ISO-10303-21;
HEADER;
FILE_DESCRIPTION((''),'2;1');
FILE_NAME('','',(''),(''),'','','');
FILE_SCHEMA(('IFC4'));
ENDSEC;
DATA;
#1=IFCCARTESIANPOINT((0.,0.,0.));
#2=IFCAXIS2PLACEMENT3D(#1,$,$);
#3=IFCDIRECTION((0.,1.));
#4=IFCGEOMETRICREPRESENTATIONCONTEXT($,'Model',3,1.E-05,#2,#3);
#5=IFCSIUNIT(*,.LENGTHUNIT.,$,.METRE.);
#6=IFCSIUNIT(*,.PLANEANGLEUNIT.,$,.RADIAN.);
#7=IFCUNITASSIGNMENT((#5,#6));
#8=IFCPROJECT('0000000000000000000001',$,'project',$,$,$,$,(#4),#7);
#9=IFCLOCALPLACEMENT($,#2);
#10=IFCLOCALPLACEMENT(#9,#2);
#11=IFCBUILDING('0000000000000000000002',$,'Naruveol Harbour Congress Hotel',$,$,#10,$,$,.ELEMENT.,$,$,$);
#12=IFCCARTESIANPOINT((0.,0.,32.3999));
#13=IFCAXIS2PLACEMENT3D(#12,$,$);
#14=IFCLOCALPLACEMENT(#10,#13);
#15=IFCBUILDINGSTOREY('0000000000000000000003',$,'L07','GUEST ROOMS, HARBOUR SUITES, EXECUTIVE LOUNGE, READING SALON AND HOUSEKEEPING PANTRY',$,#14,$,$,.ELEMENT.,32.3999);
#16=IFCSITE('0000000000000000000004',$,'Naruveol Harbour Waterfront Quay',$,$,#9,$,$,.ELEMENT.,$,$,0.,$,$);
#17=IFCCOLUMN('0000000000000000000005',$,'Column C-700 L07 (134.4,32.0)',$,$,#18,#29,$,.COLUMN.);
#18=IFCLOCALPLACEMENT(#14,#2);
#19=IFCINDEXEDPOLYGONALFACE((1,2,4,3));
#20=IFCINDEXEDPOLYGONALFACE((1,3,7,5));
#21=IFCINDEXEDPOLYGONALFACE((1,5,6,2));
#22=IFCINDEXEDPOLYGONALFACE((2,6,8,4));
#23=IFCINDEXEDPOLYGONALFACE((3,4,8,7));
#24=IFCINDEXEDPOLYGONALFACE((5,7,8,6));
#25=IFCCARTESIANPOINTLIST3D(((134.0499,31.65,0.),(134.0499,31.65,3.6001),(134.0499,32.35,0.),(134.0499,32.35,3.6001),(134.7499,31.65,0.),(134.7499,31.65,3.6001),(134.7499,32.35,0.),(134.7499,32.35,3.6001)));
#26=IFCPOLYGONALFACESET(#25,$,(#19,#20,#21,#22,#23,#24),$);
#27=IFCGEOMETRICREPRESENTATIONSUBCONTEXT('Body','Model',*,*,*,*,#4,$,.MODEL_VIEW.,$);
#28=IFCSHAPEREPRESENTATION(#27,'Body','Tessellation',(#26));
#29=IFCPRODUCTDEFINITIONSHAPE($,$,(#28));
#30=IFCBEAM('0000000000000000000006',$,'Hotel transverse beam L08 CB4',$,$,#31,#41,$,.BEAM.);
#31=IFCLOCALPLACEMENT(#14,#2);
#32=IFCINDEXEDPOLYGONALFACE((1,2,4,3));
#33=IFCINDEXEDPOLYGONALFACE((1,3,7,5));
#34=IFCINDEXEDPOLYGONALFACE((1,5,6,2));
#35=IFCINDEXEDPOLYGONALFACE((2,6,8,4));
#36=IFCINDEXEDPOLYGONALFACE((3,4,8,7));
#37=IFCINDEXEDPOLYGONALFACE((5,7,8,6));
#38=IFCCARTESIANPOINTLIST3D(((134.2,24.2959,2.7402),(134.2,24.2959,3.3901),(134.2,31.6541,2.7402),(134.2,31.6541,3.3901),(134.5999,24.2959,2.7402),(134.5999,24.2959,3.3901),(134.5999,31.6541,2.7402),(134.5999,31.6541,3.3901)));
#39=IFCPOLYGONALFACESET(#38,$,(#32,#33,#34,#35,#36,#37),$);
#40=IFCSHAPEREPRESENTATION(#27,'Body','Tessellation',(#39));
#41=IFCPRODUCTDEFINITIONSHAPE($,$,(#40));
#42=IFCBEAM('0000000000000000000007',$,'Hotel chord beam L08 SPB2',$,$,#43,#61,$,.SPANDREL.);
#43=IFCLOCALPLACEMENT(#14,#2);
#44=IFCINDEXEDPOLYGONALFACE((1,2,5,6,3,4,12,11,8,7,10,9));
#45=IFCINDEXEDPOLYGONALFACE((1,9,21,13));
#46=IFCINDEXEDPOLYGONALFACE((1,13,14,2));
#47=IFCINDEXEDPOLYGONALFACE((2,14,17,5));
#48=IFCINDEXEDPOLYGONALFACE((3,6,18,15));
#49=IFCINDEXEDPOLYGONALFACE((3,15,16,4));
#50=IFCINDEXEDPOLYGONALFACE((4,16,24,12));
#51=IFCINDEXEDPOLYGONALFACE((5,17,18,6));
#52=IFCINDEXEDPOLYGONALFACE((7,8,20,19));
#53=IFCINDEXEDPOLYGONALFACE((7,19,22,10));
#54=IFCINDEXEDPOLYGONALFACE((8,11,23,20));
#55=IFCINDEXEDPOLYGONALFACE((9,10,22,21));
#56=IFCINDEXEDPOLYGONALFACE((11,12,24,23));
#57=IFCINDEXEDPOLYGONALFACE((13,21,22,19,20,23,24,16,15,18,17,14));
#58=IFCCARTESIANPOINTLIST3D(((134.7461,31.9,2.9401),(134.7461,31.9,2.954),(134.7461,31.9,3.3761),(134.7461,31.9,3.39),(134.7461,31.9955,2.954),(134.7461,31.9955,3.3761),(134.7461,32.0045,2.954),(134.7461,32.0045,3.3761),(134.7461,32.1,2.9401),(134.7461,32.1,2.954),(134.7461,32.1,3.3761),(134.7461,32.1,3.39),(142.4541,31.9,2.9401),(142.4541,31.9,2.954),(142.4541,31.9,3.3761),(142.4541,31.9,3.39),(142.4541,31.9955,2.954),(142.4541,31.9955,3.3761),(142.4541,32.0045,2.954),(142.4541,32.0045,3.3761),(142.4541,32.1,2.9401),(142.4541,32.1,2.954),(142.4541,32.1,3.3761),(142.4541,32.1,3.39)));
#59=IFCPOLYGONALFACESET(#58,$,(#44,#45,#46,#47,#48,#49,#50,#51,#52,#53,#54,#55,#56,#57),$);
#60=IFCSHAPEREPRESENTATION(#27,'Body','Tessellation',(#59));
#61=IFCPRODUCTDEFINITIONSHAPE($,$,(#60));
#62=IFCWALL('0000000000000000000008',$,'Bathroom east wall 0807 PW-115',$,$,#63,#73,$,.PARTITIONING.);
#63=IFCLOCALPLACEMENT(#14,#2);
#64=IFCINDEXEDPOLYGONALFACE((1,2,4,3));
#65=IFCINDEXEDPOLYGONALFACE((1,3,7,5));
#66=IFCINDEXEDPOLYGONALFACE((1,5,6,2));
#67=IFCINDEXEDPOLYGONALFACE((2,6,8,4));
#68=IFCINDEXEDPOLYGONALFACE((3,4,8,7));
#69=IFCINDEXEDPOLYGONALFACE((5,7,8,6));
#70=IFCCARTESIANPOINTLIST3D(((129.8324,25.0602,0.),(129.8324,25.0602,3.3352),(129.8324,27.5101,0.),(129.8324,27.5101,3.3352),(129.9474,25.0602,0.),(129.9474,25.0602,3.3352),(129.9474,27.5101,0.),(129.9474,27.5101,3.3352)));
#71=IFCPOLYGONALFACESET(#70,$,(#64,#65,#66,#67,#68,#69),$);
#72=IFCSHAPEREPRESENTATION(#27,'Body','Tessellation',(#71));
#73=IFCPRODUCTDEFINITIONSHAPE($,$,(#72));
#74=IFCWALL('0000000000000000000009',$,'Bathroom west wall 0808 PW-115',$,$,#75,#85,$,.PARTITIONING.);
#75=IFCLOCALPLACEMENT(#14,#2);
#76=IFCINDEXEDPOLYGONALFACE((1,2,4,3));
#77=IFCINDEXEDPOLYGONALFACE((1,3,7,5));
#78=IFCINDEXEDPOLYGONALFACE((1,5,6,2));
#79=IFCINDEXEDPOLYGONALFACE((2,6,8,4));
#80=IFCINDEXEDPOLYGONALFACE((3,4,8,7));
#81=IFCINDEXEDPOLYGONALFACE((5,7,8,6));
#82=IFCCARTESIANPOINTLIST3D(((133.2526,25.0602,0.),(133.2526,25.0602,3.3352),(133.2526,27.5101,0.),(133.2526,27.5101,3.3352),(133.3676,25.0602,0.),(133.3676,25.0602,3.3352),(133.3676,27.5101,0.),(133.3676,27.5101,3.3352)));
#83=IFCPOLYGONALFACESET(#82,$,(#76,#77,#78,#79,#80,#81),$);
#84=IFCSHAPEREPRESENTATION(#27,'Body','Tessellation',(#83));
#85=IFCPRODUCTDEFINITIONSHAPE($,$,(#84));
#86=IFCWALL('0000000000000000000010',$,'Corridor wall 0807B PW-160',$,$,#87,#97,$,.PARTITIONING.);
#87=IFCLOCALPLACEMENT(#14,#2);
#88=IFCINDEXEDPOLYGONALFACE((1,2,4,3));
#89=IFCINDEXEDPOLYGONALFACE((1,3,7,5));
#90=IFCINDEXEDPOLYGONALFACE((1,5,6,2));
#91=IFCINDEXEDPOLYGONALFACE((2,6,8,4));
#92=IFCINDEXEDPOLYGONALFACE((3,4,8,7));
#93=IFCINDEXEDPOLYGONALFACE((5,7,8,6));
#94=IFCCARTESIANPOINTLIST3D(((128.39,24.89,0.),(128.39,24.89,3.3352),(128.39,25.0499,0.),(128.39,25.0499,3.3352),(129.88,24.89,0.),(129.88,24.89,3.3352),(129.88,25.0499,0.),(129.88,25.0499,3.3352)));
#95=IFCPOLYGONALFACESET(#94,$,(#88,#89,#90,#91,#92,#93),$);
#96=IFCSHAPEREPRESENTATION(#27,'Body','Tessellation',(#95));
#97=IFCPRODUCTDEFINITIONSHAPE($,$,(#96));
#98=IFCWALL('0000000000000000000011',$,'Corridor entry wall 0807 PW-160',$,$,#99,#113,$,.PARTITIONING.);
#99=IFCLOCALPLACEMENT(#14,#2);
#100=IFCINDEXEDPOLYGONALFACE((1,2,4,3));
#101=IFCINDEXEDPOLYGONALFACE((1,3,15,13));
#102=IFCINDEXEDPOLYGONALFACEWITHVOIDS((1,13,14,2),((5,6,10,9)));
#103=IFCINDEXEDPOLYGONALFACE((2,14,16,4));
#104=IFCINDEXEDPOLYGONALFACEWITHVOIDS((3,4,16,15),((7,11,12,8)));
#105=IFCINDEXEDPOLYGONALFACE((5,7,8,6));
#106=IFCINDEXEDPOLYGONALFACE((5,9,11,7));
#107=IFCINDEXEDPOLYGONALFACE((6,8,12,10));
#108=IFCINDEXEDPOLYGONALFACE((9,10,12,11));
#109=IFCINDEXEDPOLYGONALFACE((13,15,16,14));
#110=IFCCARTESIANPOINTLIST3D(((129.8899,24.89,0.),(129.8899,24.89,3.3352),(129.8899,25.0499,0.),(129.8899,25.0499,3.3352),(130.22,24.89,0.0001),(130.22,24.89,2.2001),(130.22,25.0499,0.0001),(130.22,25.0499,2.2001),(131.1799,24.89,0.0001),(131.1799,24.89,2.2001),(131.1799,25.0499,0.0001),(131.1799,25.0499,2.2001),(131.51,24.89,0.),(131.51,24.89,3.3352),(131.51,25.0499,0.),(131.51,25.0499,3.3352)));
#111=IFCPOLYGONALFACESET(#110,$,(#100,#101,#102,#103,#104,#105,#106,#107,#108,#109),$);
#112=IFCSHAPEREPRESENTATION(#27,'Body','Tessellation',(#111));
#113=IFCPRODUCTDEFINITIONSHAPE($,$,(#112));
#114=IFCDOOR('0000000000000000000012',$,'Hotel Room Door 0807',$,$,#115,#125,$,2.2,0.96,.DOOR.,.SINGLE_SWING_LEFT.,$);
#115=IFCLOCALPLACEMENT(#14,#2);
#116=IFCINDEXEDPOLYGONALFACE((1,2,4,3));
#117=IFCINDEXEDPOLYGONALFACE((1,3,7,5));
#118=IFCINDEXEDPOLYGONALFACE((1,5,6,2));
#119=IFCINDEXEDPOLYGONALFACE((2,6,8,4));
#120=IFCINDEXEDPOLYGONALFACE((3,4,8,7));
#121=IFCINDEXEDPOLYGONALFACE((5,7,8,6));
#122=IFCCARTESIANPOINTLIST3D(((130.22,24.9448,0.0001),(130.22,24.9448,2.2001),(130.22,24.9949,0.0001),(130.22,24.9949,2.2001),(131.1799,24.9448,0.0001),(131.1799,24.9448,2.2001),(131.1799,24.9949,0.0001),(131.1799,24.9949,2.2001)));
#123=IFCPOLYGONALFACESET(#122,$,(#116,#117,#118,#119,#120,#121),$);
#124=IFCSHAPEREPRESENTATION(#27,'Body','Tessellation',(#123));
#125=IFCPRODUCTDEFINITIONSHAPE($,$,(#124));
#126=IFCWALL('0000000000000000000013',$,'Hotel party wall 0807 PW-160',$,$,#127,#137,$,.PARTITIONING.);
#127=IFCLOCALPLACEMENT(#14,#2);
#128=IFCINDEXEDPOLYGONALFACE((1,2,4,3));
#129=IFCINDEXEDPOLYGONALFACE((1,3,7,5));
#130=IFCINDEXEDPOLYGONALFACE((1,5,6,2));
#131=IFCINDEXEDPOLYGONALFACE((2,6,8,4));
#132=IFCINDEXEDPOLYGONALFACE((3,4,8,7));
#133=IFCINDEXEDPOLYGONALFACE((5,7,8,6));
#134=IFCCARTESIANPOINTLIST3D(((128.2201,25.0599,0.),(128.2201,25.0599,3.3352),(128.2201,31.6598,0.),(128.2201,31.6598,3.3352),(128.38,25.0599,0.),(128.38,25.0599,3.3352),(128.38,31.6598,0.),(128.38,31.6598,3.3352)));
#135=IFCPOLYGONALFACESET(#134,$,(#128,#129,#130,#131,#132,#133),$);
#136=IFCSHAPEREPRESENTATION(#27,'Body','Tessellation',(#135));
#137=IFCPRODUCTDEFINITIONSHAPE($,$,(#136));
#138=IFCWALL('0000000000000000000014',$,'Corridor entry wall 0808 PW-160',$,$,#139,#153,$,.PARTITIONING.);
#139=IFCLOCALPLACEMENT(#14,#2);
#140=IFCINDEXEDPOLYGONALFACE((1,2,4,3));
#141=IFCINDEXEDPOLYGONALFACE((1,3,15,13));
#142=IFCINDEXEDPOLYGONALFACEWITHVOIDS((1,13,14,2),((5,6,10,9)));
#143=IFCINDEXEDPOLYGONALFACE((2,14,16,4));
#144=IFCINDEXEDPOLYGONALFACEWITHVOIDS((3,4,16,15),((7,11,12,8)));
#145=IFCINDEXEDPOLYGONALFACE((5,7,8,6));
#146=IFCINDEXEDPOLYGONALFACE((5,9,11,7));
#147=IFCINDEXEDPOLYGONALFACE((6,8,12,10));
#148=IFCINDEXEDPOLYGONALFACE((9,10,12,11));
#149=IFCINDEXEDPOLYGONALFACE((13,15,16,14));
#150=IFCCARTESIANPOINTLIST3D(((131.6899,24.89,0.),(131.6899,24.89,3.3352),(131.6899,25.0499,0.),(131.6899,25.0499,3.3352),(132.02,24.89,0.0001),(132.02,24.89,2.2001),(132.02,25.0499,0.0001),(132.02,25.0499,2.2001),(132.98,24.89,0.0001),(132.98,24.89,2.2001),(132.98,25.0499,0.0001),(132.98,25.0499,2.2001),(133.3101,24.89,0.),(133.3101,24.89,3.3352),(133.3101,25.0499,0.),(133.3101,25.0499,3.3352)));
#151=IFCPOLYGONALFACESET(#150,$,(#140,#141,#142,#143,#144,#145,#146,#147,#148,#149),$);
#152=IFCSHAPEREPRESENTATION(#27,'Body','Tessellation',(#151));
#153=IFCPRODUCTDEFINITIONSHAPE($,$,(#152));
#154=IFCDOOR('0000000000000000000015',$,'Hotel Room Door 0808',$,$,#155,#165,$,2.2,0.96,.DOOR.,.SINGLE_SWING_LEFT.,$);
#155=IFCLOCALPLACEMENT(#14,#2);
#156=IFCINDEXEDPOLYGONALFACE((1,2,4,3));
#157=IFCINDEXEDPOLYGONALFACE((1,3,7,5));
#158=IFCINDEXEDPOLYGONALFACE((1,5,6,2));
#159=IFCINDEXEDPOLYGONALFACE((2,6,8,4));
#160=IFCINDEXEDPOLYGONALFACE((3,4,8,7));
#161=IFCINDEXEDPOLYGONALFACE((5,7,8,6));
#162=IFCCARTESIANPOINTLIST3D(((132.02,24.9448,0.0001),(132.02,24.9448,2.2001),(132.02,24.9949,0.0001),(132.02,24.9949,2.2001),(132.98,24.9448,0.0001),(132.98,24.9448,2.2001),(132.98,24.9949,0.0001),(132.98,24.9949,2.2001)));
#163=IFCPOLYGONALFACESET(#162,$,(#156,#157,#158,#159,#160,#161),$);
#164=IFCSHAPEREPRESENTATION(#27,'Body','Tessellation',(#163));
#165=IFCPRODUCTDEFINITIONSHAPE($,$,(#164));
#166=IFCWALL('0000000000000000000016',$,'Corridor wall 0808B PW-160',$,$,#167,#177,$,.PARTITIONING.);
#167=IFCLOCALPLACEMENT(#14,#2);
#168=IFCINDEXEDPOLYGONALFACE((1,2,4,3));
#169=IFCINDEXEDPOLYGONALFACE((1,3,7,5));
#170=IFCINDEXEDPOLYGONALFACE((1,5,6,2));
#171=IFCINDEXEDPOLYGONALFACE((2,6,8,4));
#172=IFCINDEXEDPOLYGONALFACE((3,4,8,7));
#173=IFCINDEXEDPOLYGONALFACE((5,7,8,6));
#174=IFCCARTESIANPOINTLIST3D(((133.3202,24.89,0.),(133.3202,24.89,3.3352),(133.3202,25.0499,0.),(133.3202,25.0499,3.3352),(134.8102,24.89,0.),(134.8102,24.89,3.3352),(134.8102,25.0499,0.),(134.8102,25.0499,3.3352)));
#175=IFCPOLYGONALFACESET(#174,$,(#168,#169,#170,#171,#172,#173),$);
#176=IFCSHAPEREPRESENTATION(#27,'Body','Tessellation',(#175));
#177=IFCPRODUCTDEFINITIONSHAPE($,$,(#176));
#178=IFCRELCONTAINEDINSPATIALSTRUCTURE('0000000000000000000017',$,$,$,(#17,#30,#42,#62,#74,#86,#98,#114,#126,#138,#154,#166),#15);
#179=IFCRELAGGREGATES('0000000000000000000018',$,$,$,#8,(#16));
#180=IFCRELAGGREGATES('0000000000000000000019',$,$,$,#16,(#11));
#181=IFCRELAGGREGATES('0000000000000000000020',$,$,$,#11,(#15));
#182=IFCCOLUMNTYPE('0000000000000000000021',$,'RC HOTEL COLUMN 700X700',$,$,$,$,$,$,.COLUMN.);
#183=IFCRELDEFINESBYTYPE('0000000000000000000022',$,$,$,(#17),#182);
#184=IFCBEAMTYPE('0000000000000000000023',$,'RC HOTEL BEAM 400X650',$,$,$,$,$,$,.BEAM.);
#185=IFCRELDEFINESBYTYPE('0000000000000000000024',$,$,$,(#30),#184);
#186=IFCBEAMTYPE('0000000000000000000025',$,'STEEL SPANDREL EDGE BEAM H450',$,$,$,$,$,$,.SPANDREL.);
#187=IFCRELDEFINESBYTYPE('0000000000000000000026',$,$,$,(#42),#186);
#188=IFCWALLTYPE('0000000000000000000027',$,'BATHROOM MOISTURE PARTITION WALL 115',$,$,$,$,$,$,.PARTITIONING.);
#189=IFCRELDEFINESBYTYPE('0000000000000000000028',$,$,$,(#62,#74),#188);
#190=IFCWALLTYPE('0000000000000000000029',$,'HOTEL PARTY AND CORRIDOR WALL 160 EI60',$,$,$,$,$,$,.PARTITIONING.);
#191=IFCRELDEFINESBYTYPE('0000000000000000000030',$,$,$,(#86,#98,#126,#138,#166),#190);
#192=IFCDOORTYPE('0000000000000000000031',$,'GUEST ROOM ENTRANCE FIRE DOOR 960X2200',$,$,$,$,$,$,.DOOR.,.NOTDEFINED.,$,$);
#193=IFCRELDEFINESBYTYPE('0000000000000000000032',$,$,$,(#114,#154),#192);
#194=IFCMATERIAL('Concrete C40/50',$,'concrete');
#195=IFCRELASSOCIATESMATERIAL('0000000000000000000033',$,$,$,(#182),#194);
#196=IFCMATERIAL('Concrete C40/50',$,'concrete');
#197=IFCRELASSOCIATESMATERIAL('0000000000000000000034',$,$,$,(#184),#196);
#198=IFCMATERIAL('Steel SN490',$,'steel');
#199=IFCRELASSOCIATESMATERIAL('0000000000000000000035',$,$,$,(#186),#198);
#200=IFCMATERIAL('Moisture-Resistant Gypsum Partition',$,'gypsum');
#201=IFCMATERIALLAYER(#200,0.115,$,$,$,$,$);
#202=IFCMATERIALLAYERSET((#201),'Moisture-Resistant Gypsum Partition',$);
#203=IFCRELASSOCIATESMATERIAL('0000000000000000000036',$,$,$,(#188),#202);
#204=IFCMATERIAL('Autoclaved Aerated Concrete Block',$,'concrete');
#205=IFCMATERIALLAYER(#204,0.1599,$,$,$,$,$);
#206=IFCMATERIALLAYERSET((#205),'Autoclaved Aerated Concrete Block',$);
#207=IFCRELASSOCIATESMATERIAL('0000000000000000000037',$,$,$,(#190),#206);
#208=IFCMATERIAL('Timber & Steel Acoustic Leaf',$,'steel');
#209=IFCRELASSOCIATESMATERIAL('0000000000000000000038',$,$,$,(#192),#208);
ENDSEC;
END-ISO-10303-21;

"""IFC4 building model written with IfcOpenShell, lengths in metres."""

from ifc_helpers import new_model, si_unit, direction, frame, frame_2d, origin, origin_2d, place, context, subcontext, project, spatial, rectangle, i_section, extrude, material, layer, layer_set, material_profile, profile_set, type_object, element, fill, save


model = new_model("IFC4")

# Units and contexts
model_context = context("Model", 3, precision=1e-05, world=origin(), true_north=direction((0.0, 1.0)))
body_context = subcontext(model_context, "Body", "Model", "MODEL_VIEW")
ifc_project = project(units=[si_unit("LENGTHUNIT", "METRE"), si_unit("PLANEANGLEUNIT", "RADIAN")], contexts=[model_context])

# Site, building, storey
site_placement = place(None, origin())
site = spatial("IfcSite", under=ifc_project, at=site_placement, Name="Naruveol Harbour Waterfront Quay", CompositionType="ELEMENT", RefElevation=0.0)
building_placement = place(site_placement, origin())
building = spatial("IfcBuilding", under=site, at=building_placement, Name="Naruveol Harbour Congress Hotel", CompositionType="ELEMENT")
storey_placement = place(building_placement, frame((0.0, 0.0, 32.3999)))
storey = spatial("IfcBuildingStorey", under=building, at=storey_placement, Name="L07", Description="GUEST ROOMS, HARBOUR SUITES, EXECUTIVE LOUNGE, READING SALON AND HOUSEKEEPING PANTRY", CompositionType="ELEMENT", Elevation=32.3999)

# Column
ifc_material_1 = material(Name="Concrete C40/50", Category="concrete")
ifc_material_profile_1 = material_profile(ifc_material_1, rectangle(XDim=0.7, YDim=0.7, at=origin_2d()), Name="RC-700x700")
ifc_profile_set_1 = profile_set([ifc_material_profile_1], Name="Concrete C40/50")
column_type = type_object("IfcColumnType", Name="RC HOTEL COLUMN 700X700", PredefinedType="COLUMN", material=ifc_profile_set_1)
column_placement = place(storey_placement, frame((134.3999, 32.0, 0.0), z_axis=(0.0, 0.0, 1.0), x_axis=(1.0, 0.0, 0.0)))
element("IfcColumn", 1, at=column_placement, inside=storey, type_object=column_type, Name="Column C-700 L07 (134.4,32.0)", PredefinedType="COLUMN", context=body_context, shape_type="SweptSolid", body=[
    extrude(rectangle(XDim=0.7, YDim=0.7, at=origin_2d()), origin(), (0.0, 0.0, 1.0), 3.6001),
])

# Beams
ifc_material_2 = material(Name="Concrete C40/50", Category="concrete")
ifc_material_profile_2 = material_profile(ifc_material_2, rectangle(XDim=0.3999, YDim=0.6499, at=origin_2d()), Name="RCB-400x650")
ifc_profile_set_2 = profile_set([ifc_material_profile_2], Name="Concrete C40/50")
beam_type_1 = type_object("IfcBeamType", Name="RC HOTEL BEAM 400X650", PredefinedType="BEAM", material=ifc_profile_set_2)
beam_1_placement = place(storey_placement, frame((134.3999, 24.2959, 3.0652), z_axis=(0.0, 1.0, 0.0), x_axis=(-1.0, 0.0, 0.0)))
element("IfcBeam", 2, at=beam_1_placement, inside=storey, type_object=beam_type_1, Name="Hotel transverse beam L08 CB4", PredefinedType="BEAM", context=body_context, shape_type="SweptSolid", body=[
    extrude(rectangle(XDim=0.3999, YDim=0.6499, at=origin_2d()), origin(), (0.0, 0.0, 1.0), 7.3582),
])
ifc_material_3 = material(Name="Steel SN490", Category="steel")
ifc_material_profile_3 = material_profile(ifc_material_3, i_section(OverallWidth=0.2, OverallDepth=0.45, WebThickness=0.009, FlangeThickness=0.0139, at=origin_2d()), Name="H-450x200x9x14")
ifc_profile_set_3 = profile_set([ifc_material_profile_3], Name="Steel SN490")
beam_type_2 = type_object("IfcBeamType", Name="STEEL SPANDREL EDGE BEAM H450", PredefinedType="SPANDREL", material=ifc_profile_set_3)
beam_2_placement = place(storey_placement, frame((134.7461, 32.0, 3.165), z_axis=(1.0, 0.0, 0.0), x_axis=(0.0, 1.0, 0.0)))
element("IfcBeam", 3, at=beam_2_placement, inside=storey, type_object=beam_type_2, Name="Hotel chord beam L08 SPB2", PredefinedType="SPANDREL", context=body_context, shape_type="SweptSolid", body=[
    extrude(i_section(OverallWidth=0.2, OverallDepth=0.45, WebThickness=0.009, FlangeThickness=0.0139, at=origin_2d()), origin(), (0.0, 0.0, 1.0), 7.708),
])

# Wall
ifc_material_4 = material(Name="Moisture-Resistant Gypsum Partition", Category="gypsum")
ifc_layer_1 = layer(ifc_material_4, 0.115)
ifc_layer_set_1 = layer_set([ifc_layer_1], Name="Moisture-Resistant Gypsum Partition")
wall_type_1 = type_object("IfcWallType", Name="BATHROOM MOISTURE PARTITION WALL 115", PredefinedType="PARTITIONING", material=ifc_layer_set_1)
wall_1_placement = place(storey_placement, frame((129.8899, 25.0601, 0.0), z_axis=(0.0, 0.0, 1.0), x_axis=(0.0, 1.0, 0.0)))
element("IfcWall", 4, at=wall_1_placement, inside=storey, type_object=wall_type_1, Name="Bathroom east wall 0807 PW-115", PredefinedType="PARTITIONING", context=body_context, shape_type="SweptSolid", body=[
    extrude(rectangle(XDim=2.45, YDim=0.115, at=frame_2d((1.2251, 0.0))), origin(), (0.0, 0.0, 1.0), 3.3352),
])

# Wall
wall_2_placement = place(storey_placement, frame((133.3101, 25.0601, 0.0), z_axis=(0.0, 0.0, 1.0), x_axis=(0.0, 1.0, 0.0)))
element("IfcWall", 5, at=wall_2_placement, inside=storey, type_object=wall_type_1, Name="Bathroom west wall 0808 PW-115", PredefinedType="PARTITIONING", context=body_context, shape_type="SweptSolid", body=[
    extrude(rectangle(XDim=2.45, YDim=0.115, at=frame_2d((1.2251, 0.0))), origin(), (0.0, 0.0, 1.0), 3.3352),
])

# Wall
ifc_material_5 = material(Name="Autoclaved Aerated Concrete Block", Category="concrete")
ifc_layer_2 = layer(ifc_material_5, 0.1599)
ifc_layer_set_2 = layer_set([ifc_layer_2], Name="Autoclaved Aerated Concrete Block")
wall_type_2 = type_object("IfcWallType", Name="HOTEL PARTY AND CORRIDOR WALL 160 EI60", PredefinedType="PARTITIONING", material=ifc_layer_set_2)
wall_3_placement = place(storey_placement, frame((128.3899, 24.97, 0.0), z_axis=(0.0, 0.0, 1.0), x_axis=(1.0, 0.0, 0.0)))
element("IfcWall", 6, at=wall_3_placement, inside=storey, type_object=wall_type_2, Name="Corridor wall 0807B PW-160", PredefinedType="PARTITIONING", context=body_context, shape_type="SweptSolid", body=[
    extrude(rectangle(XDim=1.49, YDim=0.1599, at=frame_2d((0.7451, 0.0))), origin(), (0.0, 0.0, 1.0), 3.3352),
])

# Wall, opening, door
wall_4_placement = place(storey_placement, frame((129.8899, 24.97, 0.0), z_axis=(0.0, 0.0, 1.0), x_axis=(1.0, 0.0, 0.0)))
wall_4 = element("IfcWall", 7, at=wall_4_placement, inside=storey, type_object=wall_type_2, Name="Corridor entry wall 0807 PW-160", PredefinedType="PARTITIONING", context=body_context, shape_type="SweptSolid", body=[
    extrude(rectangle(XDim=1.6201, YDim=0.1599, at=frame_2d((0.8101, 0.0))), origin(), (0.0, 0.0, 1.0), 3.3352),
])
opening_1_placement = place(wall_4_placement, frame((0.3301, 0.0, 0.0)))
opening_1 = element("IfcOpeningElement", 8, at=opening_1_placement, cuts=wall_4, PredefinedType="OPENING", context=body_context, shape_type="SweptSolid", body=[
    extrude(rectangle(XDim=0.96, YDim=2.2, at=frame_2d((0.48, 1.1001))), frame((0.0, 0.0898, 0.0), z_axis=(0.0, -1.0, 0.0), x_axis=(1.0, 0.0, 0.0)), (0.0, 0.0, 1.0), 0.1799),
])
ifc_material_6 = material(Name="Timber & Steel Acoustic Leaf", Category="steel")
door_type_1 = type_object("IfcDoorType", Name="GUEST ROOM ENTRANCE FIRE DOOR 960X2200", OperationType="NOTDEFINED", PredefinedType="DOOR", material=ifc_material_6)
door_1_placement = place(opening_1_placement, origin())
door_1 = element("IfcDoor", 9, at=door_1_placement, inside=storey, type_object=door_type_1, Name="Hotel Room Door 0807", OperationType="SINGLE_SWING_LEFT", OverallHeight=2.2, OverallWidth=0.96, PredefinedType="DOOR", context=body_context, shape_type="SweptSolid", body=[
    extrude(rectangle(XDim=0.96, YDim=2.2, at=frame_2d((0.48, 1.1001))), frame((0.0, 0.0249, 0.0), z_axis=(0.0, -1.0, 0.0), x_axis=(1.0, 0.0, 0.0)), (0.0, 0.0, 1.0), 0.05),
])
fill(opening_1, door_1)

# Wall
wall_5_placement = place(storey_placement, frame((128.3, 25.0601, 0.0), z_axis=(0.0, 0.0, 1.0), x_axis=(0.0, 1.0, 0.0)))
element("IfcWall", 10, at=wall_5_placement, inside=storey, type_object=wall_type_2, Name="Hotel party wall 0807 PW-160", PredefinedType="PARTITIONING", context=body_context, shape_type="SweptSolid", body=[
    extrude(rectangle(XDim=6.5999, YDim=0.1599, at=frame_2d((3.2998, 0.0))), origin(), (0.0, 0.0, 1.0), 3.3352),
])

# Wall, opening, door
wall_6_placement = place(storey_placement, frame((131.6899, 24.97, 0.0), z_axis=(0.0, 0.0, 1.0), x_axis=(1.0, 0.0, 0.0)))
wall_6 = element("IfcWall", 11, at=wall_6_placement, inside=storey, type_object=wall_type_2, Name="Corridor entry wall 0808 PW-160", PredefinedType="PARTITIONING", context=body_context, shape_type="SweptSolid", body=[
    extrude(rectangle(XDim=1.6201, YDim=0.1599, at=frame_2d((0.8101, 0.0))), origin(), (0.0, 0.0, 1.0), 3.3352),
])
opening_2_placement = place(wall_6_placement, frame((0.3301, 0.0, 0.0)))
opening_2 = element("IfcOpeningElement", 12, at=opening_2_placement, cuts=wall_6, PredefinedType="OPENING", context=body_context, shape_type="SweptSolid", body=[
    extrude(rectangle(XDim=0.96, YDim=2.2, at=frame_2d((0.48, 1.1001))), frame((0.0, 0.0898, 0.0), z_axis=(0.0, -1.0, 0.0), x_axis=(1.0, 0.0, 0.0)), (0.0, 0.0, 1.0), 0.1799),
])
door_2_placement = place(opening_2_placement, origin())
door_2 = element("IfcDoor", 13, at=door_2_placement, inside=storey, type_object=door_type_1, Name="Hotel Room Door 0808", OperationType="SINGLE_SWING_LEFT", OverallHeight=2.2, OverallWidth=0.96, PredefinedType="DOOR", context=body_context, shape_type="SweptSolid", body=[
    extrude(rectangle(XDim=0.96, YDim=2.2, at=frame_2d((0.48, 1.1001))), frame((0.0, 0.0249, 0.0), z_axis=(0.0, -1.0, 0.0), x_axis=(1.0, 0.0, 0.0)), (0.0, 0.0, 1.0), 0.05),
])
fill(opening_2, door_2)

# Wall
wall_7_placement = place(storey_placement, frame((133.3201, 24.97, 0.0), z_axis=(0.0, 0.0, 1.0), x_axis=(1.0, 0.0, 0.0)))
element("IfcWall", 14, at=wall_7_placement, inside=storey, type_object=wall_type_2, Name="Corridor wall 0808B PW-160", PredefinedType="PARTITIONING", context=body_context, shape_type="SweptSolid", body=[
    extrude(rectangle(XDim=1.49, YDim=0.1599, at=frame_2d((0.7451, 0.0))), origin(), (0.0, 0.0, 1.0), 3.3352),
])

save(model, "model.ifc")
